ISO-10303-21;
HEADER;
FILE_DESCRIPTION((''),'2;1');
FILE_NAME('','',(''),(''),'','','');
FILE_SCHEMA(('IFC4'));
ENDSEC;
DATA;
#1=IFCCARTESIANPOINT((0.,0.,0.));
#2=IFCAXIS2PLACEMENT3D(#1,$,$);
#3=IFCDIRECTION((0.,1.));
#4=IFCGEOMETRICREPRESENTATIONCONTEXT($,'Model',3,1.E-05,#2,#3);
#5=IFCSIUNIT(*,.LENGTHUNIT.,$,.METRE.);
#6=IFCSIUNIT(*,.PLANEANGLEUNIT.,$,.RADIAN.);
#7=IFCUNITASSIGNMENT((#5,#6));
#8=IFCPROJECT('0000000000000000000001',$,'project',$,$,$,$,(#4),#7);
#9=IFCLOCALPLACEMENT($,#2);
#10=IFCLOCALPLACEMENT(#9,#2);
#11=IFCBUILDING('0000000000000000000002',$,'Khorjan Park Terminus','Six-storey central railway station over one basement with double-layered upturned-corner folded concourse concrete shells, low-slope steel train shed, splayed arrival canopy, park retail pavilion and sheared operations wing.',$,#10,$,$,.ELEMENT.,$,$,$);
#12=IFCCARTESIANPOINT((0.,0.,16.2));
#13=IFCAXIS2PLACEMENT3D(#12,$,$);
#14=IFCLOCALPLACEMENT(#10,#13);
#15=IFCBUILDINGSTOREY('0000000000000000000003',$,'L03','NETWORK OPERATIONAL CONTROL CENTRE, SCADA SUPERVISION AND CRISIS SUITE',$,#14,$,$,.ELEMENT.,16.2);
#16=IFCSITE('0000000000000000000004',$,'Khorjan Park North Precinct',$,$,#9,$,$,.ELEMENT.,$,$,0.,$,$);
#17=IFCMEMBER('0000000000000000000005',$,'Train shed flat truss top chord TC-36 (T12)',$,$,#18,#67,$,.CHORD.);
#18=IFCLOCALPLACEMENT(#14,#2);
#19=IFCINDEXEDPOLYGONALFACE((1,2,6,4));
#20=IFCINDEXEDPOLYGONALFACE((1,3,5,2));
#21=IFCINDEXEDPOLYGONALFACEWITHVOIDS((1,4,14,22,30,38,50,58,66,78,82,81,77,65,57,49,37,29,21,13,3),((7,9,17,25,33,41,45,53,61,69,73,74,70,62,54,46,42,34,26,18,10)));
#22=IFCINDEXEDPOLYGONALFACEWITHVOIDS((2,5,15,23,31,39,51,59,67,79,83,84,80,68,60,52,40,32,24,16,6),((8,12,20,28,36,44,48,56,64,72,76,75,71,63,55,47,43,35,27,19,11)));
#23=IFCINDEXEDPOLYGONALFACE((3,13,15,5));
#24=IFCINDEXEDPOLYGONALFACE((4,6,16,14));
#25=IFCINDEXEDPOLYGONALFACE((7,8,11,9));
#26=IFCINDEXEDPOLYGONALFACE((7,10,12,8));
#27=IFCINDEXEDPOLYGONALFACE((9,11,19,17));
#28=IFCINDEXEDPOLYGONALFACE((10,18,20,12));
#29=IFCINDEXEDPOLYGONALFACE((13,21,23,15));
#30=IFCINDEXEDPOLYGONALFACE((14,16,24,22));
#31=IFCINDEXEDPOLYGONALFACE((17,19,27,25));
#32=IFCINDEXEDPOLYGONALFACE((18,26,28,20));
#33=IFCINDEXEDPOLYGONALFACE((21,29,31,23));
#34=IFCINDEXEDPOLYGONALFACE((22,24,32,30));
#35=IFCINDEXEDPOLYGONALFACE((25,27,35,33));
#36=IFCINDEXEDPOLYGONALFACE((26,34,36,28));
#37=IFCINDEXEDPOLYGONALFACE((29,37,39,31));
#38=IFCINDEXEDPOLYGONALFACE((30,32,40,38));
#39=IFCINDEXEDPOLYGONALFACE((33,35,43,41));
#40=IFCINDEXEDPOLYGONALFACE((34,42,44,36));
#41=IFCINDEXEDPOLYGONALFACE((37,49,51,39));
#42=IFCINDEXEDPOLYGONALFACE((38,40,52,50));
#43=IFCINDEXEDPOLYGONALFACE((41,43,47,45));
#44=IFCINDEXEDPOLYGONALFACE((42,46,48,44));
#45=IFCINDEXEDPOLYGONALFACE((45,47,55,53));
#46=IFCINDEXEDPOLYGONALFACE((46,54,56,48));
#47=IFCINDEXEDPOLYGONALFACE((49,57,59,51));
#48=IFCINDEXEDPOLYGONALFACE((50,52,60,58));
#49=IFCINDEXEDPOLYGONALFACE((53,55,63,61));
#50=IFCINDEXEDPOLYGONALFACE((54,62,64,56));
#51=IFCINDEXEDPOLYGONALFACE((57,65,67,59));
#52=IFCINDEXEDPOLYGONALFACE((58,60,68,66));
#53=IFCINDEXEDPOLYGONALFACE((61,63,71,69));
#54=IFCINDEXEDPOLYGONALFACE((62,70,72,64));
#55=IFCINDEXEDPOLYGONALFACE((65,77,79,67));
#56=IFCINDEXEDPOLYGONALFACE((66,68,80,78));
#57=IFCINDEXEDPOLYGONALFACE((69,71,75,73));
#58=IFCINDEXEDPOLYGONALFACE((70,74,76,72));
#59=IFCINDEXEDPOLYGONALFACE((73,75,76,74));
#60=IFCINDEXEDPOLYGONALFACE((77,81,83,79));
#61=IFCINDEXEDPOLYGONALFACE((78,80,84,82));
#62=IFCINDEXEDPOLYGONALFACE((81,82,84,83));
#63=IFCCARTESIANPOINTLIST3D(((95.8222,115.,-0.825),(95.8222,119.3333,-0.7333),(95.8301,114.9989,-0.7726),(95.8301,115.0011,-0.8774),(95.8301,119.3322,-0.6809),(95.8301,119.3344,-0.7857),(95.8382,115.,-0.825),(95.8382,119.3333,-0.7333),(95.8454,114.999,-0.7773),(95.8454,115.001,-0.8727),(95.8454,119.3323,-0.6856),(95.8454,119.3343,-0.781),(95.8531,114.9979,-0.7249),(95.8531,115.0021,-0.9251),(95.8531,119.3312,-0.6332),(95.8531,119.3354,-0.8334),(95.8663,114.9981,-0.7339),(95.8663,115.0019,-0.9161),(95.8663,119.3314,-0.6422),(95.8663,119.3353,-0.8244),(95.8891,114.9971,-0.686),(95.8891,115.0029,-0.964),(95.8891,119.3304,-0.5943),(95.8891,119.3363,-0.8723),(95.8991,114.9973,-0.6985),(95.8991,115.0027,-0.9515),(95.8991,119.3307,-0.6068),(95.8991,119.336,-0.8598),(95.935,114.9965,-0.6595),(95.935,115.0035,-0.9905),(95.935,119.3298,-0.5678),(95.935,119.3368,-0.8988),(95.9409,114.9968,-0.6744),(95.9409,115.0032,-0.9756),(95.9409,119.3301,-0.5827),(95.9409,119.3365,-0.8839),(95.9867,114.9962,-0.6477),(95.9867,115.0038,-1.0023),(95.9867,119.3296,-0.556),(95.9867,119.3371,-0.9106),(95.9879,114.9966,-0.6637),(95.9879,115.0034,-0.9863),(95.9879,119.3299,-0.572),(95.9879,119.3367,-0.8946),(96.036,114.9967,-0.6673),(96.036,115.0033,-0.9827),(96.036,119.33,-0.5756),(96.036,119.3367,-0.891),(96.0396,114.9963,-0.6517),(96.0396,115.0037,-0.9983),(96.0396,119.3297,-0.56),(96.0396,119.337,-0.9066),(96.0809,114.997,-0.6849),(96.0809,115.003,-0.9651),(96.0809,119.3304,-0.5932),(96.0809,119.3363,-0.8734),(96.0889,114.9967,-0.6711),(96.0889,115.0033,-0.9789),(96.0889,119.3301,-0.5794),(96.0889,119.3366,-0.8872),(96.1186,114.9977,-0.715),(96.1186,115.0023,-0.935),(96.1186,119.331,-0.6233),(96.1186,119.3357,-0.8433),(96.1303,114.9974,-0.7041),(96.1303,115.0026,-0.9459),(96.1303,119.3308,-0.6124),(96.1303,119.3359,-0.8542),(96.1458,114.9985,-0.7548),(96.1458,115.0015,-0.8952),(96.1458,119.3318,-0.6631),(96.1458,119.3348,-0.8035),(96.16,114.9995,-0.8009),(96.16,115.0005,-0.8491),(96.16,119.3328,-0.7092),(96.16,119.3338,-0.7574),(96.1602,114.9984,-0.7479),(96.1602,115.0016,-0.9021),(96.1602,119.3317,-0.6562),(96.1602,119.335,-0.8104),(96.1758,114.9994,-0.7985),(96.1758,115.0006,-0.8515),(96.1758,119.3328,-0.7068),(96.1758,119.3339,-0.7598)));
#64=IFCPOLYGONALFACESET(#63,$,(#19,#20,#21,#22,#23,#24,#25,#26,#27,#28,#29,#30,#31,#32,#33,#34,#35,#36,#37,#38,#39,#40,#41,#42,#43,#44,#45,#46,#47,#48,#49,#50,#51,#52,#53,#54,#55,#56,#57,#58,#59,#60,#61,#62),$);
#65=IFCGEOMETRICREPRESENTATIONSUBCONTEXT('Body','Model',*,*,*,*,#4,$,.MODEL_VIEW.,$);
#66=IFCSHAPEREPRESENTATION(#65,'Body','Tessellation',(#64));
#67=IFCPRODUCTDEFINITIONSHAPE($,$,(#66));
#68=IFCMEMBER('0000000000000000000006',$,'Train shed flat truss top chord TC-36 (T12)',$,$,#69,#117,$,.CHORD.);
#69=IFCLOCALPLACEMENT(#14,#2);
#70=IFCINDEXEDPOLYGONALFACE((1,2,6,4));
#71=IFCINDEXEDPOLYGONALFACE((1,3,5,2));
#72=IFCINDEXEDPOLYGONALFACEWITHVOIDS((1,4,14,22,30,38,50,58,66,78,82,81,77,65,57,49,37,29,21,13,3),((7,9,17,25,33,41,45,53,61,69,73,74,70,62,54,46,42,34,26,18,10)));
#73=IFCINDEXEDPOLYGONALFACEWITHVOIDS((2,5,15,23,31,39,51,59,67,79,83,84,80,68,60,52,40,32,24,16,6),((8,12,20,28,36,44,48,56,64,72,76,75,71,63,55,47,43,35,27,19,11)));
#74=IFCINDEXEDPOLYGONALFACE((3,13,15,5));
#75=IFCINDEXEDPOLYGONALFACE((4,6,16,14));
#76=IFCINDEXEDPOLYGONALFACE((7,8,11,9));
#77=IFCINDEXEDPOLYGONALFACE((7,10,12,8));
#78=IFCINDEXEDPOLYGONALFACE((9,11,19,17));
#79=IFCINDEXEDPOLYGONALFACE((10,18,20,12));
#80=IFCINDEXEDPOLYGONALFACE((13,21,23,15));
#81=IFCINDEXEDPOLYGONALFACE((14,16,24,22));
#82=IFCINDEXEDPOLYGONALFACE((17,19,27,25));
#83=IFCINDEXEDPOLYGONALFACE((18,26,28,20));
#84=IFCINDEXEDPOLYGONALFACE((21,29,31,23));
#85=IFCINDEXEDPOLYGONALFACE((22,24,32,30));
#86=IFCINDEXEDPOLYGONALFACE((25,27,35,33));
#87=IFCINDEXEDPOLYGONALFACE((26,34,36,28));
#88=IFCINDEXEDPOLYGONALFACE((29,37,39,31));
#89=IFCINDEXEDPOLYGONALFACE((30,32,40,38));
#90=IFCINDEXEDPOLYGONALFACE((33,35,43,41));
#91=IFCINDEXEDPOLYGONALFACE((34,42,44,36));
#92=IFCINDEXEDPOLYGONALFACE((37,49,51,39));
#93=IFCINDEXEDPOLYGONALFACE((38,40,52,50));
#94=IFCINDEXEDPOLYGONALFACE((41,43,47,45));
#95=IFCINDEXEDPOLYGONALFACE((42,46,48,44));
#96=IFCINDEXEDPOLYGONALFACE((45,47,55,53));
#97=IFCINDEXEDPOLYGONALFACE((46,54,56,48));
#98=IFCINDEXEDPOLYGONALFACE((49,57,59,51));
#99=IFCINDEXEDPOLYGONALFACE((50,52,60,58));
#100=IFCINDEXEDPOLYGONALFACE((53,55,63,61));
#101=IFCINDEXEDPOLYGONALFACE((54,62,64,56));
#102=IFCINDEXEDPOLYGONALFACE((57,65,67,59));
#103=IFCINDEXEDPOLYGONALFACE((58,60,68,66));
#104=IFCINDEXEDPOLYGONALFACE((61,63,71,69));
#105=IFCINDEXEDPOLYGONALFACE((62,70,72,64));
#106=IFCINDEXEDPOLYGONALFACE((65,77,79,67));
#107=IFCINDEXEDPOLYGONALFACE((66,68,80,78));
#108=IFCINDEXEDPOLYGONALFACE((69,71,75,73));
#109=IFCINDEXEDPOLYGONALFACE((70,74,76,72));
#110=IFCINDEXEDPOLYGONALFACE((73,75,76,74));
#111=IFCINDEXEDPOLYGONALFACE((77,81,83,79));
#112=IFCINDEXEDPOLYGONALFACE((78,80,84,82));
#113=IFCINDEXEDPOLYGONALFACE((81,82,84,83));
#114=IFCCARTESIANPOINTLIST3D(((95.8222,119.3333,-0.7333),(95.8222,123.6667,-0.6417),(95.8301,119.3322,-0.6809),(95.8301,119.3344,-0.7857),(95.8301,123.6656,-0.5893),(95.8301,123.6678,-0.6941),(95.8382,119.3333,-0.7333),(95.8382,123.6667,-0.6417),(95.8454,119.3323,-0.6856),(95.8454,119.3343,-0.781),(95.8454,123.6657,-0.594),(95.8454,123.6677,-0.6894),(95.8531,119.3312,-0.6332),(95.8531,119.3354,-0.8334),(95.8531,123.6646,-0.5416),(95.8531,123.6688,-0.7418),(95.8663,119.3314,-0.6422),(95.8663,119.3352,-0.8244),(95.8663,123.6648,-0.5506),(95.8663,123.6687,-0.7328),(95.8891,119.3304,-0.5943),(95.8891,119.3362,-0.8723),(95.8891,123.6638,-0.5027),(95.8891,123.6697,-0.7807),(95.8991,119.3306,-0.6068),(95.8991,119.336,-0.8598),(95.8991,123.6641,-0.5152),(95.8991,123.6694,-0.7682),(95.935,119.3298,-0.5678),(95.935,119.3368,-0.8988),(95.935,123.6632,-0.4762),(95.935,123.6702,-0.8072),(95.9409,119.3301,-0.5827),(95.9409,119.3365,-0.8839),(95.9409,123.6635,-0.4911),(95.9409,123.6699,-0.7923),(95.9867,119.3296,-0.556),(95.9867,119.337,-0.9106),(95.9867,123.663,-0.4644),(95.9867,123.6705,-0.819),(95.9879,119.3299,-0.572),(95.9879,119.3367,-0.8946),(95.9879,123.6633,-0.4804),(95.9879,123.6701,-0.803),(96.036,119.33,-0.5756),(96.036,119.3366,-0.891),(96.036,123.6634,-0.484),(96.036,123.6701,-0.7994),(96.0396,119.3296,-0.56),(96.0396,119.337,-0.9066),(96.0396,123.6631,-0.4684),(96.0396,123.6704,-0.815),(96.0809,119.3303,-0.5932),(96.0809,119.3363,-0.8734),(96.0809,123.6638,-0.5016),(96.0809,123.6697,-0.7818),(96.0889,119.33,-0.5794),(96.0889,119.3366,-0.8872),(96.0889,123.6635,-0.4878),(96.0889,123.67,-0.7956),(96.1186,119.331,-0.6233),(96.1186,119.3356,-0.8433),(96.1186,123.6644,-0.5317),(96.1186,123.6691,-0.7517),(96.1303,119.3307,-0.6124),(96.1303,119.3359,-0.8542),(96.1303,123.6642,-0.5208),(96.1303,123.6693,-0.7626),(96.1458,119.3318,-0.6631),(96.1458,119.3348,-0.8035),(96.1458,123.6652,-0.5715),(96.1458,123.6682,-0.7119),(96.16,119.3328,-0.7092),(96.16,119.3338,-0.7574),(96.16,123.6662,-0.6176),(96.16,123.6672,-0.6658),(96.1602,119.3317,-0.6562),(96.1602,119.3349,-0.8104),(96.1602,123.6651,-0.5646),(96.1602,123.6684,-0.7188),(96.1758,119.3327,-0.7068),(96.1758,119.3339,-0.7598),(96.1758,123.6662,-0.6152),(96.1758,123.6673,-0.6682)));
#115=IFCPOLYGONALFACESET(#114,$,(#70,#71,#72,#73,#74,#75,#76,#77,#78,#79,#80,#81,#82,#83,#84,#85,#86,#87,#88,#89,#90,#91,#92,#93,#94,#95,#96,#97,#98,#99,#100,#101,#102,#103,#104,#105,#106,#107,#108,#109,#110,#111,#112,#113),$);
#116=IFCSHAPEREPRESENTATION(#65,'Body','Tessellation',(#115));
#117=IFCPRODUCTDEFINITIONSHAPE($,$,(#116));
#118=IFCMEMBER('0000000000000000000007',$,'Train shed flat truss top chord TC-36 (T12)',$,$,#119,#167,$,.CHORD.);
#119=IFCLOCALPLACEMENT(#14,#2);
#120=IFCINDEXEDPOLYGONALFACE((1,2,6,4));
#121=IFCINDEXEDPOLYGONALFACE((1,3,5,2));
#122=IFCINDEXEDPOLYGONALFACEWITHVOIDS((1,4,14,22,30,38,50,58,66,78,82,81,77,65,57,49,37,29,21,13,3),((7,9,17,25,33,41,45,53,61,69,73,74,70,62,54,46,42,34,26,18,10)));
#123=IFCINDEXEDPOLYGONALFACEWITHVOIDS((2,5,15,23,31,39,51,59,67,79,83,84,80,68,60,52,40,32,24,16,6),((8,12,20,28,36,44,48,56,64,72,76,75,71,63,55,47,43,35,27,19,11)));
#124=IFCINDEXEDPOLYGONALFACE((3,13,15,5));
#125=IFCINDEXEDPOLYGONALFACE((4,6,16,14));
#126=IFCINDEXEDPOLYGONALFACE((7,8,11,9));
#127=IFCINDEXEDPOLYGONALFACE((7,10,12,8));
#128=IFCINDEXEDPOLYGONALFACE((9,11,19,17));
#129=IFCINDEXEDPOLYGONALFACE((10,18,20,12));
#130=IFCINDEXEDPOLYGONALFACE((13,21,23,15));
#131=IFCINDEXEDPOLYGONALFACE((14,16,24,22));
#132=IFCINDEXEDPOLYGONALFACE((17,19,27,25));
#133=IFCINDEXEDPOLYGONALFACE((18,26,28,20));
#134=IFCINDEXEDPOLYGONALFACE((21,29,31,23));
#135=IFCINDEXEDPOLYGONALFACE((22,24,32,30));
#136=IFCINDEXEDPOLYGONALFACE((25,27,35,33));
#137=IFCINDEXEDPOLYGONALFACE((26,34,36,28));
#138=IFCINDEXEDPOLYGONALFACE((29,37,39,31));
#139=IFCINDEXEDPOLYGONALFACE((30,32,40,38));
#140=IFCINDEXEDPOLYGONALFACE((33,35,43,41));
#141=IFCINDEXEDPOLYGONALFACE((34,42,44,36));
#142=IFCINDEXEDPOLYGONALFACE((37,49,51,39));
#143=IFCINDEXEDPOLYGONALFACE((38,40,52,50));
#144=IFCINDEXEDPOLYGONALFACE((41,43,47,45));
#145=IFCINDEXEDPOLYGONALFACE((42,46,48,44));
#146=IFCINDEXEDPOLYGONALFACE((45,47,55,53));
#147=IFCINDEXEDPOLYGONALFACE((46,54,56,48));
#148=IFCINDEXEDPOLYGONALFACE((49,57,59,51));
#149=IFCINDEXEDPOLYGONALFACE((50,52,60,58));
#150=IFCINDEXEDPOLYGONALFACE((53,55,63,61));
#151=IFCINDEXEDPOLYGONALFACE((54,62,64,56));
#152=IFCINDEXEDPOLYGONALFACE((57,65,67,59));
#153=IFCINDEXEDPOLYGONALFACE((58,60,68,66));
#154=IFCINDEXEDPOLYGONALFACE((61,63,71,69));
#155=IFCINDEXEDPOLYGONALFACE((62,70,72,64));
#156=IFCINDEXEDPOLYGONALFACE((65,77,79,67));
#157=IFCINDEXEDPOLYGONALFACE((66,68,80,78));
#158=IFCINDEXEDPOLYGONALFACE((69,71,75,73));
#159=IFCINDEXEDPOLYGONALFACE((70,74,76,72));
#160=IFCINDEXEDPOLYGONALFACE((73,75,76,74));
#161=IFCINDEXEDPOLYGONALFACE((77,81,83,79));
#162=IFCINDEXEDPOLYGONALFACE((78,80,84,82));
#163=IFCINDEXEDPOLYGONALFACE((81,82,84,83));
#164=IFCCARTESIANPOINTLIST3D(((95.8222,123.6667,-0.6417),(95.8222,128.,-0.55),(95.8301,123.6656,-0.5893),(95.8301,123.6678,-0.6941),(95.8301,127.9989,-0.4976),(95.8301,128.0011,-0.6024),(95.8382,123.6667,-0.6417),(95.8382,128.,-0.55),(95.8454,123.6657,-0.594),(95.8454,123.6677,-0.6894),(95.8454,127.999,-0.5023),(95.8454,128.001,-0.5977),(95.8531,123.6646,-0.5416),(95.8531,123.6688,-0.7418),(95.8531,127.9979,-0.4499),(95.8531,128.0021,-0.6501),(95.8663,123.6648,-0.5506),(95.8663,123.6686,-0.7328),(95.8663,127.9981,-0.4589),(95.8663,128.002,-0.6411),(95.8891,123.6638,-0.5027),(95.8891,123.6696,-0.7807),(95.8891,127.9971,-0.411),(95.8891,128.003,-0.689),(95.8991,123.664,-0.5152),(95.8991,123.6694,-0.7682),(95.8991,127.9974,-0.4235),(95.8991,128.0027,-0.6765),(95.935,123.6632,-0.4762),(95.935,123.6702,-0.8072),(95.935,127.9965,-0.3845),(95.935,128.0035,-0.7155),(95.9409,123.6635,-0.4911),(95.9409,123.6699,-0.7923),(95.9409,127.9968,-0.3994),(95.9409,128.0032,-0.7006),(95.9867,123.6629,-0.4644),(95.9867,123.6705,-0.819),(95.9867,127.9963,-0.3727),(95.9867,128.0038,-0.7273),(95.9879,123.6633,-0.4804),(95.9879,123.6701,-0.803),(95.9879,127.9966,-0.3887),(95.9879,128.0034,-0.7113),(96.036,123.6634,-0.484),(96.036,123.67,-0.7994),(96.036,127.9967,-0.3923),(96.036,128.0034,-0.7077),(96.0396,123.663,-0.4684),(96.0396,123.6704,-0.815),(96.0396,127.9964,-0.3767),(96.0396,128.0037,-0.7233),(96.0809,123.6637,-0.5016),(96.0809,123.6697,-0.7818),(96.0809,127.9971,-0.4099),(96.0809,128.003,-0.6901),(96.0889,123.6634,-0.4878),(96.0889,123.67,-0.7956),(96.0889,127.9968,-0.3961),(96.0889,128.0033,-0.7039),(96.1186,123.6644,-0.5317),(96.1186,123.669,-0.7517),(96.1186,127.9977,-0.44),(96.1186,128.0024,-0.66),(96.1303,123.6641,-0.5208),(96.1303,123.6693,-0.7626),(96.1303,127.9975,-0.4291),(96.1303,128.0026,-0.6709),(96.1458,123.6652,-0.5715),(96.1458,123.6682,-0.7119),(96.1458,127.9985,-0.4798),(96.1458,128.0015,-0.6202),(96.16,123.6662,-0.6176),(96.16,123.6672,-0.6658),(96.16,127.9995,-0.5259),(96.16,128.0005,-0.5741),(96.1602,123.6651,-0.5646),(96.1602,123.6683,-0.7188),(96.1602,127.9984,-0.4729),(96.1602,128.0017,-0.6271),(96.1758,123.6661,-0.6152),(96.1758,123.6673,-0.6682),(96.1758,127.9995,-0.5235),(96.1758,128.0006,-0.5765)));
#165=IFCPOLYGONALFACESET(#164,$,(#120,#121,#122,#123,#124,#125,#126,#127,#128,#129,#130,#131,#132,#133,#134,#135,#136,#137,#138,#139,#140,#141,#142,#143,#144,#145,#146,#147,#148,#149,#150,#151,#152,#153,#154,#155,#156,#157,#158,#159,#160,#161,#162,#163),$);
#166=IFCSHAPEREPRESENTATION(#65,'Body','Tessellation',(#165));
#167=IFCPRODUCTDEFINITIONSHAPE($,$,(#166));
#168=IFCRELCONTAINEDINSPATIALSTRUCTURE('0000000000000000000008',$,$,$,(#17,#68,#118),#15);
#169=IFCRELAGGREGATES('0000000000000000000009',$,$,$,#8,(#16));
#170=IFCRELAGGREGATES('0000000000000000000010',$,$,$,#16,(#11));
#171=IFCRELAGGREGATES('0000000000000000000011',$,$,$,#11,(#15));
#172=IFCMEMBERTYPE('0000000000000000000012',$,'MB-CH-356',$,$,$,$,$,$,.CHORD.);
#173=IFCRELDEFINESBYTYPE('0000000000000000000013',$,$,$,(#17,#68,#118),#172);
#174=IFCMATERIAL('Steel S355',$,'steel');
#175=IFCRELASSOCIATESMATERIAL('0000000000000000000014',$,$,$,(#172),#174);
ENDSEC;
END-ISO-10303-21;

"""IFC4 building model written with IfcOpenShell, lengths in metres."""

from ifc_helpers import new_model, si_unit, direction, frame, origin, origin_2d, place, context, subcontext, project, spatial, hollow_circle, extrude, material, material_profile, profile_set, type_object, element, save


model = new_model("IFC4")

# Units and contexts
model_context = context("Model", 3, precision=1e-05, world=origin(), true_north=direction((0.0, 1.0)))
body_context = subcontext(model_context, "Body", "Model", "MODEL_VIEW")
ifc_project = project(units=[si_unit("LENGTHUNIT", "METRE"), si_unit("PLANEANGLEUNIT", "RADIAN")], contexts=[model_context])

# Site, building, storey
site_placement = place(None, origin())
site = spatial("IfcSite", under=ifc_project, at=site_placement, Name="Khorjan Park North Precinct", CompositionType="ELEMENT", RefElevation=0.0)
building_placement = place(site_placement, origin())
building = spatial("IfcBuilding", under=site, at=building_placement, Name="Khorjan Park Terminus", Description="Six-storey central railway station over one basement with double-layered upturned-corner folded concourse concrete shells, low-slope steel train shed, splayed arrival canopy, park retail pavilion and sheared operations wing.", CompositionType="ELEMENT")
storey_placement = place(building_placement, frame((0.0, 0.0, 16.2)))
storey = spatial("IfcBuildingStorey", under=building, at=storey_placement, Name="L03", Description="NETWORK OPERATIONAL CONTROL CENTRE, SCADA SUPERVISION AND CRISIS SUITE", CompositionType="ELEMENT", Elevation=16.2)

# Members
ifc_material = material(Name="Steel S355", Category="steel")
ifc_material_profile_1 = material_profile(ifc_material, hollow_circle(Radius=0.1778, WallThickness=0.016, at=origin_2d()), Name="CHS 355.6x16")
ifc_profile_set_1 = profile_set([ifc_material_profile_1], Name="Steel S355")
member_type_1 = type_object("IfcMemberType", Name="MB-CH-356", PredefinedType="CHORD", material=ifc_profile_set_1)
member_1_placement = place(storey_placement, frame((96.0, 115.0, -0.825), z_axis=(0.0, 0.999776, 0.021157), x_axis=(-1.0, 0.0, 0.0)))
element("IfcMember", 1, at=member_1_placement, inside=storey, type_object=member_type_1, Name="Train shed flat truss top chord TC-36 (T12)", PredefinedType="CHORD", context=body_context, shape_type="SweptSolid", body=[
    extrude(hollow_circle(Radius=0.1778, WallThickness=0.016, at=origin_2d()), origin(), (0.0, 0.0, 1.0), 4.3343),
])
member_2_placement = place(storey_placement, frame((96.0, 119.3333, -0.7333), z_axis=(0.0, 0.999777, 0.021133), x_axis=(-1.0, 0.0, 0.0)))
element("IfcMember", 2, at=member_2_placement, inside=storey, type_object=member_type_1, Name="Train shed flat truss top chord TC-36 (T12)", PredefinedType="CHORD", context=body_context, shape_type="SweptSolid", body=[
    extrude(hollow_circle(Radius=0.1778, WallThickness=0.016, at=origin_2d()), origin(), (0.0, 0.0, 1.0), 4.3344),
])
member_3_placement = place(storey_placement, frame((96.0, 123.6667, -0.6417), z_axis=(0.0, 0.999776, 0.021157), x_axis=(-1.0, 0.0, 0.0)))
element("IfcMember", 3, at=member_3_placement, inside=storey, type_object=member_type_1, Name="Train shed flat truss top chord TC-36 (T12)", PredefinedType="CHORD", context=body_context, shape_type="SweptSolid", body=[
    extrude(hollow_circle(Radius=0.1778, WallThickness=0.016, at=origin_2d()), origin(), (0.0, 0.0, 1.0), 4.3343),
])

save(model, "model.ifc")
